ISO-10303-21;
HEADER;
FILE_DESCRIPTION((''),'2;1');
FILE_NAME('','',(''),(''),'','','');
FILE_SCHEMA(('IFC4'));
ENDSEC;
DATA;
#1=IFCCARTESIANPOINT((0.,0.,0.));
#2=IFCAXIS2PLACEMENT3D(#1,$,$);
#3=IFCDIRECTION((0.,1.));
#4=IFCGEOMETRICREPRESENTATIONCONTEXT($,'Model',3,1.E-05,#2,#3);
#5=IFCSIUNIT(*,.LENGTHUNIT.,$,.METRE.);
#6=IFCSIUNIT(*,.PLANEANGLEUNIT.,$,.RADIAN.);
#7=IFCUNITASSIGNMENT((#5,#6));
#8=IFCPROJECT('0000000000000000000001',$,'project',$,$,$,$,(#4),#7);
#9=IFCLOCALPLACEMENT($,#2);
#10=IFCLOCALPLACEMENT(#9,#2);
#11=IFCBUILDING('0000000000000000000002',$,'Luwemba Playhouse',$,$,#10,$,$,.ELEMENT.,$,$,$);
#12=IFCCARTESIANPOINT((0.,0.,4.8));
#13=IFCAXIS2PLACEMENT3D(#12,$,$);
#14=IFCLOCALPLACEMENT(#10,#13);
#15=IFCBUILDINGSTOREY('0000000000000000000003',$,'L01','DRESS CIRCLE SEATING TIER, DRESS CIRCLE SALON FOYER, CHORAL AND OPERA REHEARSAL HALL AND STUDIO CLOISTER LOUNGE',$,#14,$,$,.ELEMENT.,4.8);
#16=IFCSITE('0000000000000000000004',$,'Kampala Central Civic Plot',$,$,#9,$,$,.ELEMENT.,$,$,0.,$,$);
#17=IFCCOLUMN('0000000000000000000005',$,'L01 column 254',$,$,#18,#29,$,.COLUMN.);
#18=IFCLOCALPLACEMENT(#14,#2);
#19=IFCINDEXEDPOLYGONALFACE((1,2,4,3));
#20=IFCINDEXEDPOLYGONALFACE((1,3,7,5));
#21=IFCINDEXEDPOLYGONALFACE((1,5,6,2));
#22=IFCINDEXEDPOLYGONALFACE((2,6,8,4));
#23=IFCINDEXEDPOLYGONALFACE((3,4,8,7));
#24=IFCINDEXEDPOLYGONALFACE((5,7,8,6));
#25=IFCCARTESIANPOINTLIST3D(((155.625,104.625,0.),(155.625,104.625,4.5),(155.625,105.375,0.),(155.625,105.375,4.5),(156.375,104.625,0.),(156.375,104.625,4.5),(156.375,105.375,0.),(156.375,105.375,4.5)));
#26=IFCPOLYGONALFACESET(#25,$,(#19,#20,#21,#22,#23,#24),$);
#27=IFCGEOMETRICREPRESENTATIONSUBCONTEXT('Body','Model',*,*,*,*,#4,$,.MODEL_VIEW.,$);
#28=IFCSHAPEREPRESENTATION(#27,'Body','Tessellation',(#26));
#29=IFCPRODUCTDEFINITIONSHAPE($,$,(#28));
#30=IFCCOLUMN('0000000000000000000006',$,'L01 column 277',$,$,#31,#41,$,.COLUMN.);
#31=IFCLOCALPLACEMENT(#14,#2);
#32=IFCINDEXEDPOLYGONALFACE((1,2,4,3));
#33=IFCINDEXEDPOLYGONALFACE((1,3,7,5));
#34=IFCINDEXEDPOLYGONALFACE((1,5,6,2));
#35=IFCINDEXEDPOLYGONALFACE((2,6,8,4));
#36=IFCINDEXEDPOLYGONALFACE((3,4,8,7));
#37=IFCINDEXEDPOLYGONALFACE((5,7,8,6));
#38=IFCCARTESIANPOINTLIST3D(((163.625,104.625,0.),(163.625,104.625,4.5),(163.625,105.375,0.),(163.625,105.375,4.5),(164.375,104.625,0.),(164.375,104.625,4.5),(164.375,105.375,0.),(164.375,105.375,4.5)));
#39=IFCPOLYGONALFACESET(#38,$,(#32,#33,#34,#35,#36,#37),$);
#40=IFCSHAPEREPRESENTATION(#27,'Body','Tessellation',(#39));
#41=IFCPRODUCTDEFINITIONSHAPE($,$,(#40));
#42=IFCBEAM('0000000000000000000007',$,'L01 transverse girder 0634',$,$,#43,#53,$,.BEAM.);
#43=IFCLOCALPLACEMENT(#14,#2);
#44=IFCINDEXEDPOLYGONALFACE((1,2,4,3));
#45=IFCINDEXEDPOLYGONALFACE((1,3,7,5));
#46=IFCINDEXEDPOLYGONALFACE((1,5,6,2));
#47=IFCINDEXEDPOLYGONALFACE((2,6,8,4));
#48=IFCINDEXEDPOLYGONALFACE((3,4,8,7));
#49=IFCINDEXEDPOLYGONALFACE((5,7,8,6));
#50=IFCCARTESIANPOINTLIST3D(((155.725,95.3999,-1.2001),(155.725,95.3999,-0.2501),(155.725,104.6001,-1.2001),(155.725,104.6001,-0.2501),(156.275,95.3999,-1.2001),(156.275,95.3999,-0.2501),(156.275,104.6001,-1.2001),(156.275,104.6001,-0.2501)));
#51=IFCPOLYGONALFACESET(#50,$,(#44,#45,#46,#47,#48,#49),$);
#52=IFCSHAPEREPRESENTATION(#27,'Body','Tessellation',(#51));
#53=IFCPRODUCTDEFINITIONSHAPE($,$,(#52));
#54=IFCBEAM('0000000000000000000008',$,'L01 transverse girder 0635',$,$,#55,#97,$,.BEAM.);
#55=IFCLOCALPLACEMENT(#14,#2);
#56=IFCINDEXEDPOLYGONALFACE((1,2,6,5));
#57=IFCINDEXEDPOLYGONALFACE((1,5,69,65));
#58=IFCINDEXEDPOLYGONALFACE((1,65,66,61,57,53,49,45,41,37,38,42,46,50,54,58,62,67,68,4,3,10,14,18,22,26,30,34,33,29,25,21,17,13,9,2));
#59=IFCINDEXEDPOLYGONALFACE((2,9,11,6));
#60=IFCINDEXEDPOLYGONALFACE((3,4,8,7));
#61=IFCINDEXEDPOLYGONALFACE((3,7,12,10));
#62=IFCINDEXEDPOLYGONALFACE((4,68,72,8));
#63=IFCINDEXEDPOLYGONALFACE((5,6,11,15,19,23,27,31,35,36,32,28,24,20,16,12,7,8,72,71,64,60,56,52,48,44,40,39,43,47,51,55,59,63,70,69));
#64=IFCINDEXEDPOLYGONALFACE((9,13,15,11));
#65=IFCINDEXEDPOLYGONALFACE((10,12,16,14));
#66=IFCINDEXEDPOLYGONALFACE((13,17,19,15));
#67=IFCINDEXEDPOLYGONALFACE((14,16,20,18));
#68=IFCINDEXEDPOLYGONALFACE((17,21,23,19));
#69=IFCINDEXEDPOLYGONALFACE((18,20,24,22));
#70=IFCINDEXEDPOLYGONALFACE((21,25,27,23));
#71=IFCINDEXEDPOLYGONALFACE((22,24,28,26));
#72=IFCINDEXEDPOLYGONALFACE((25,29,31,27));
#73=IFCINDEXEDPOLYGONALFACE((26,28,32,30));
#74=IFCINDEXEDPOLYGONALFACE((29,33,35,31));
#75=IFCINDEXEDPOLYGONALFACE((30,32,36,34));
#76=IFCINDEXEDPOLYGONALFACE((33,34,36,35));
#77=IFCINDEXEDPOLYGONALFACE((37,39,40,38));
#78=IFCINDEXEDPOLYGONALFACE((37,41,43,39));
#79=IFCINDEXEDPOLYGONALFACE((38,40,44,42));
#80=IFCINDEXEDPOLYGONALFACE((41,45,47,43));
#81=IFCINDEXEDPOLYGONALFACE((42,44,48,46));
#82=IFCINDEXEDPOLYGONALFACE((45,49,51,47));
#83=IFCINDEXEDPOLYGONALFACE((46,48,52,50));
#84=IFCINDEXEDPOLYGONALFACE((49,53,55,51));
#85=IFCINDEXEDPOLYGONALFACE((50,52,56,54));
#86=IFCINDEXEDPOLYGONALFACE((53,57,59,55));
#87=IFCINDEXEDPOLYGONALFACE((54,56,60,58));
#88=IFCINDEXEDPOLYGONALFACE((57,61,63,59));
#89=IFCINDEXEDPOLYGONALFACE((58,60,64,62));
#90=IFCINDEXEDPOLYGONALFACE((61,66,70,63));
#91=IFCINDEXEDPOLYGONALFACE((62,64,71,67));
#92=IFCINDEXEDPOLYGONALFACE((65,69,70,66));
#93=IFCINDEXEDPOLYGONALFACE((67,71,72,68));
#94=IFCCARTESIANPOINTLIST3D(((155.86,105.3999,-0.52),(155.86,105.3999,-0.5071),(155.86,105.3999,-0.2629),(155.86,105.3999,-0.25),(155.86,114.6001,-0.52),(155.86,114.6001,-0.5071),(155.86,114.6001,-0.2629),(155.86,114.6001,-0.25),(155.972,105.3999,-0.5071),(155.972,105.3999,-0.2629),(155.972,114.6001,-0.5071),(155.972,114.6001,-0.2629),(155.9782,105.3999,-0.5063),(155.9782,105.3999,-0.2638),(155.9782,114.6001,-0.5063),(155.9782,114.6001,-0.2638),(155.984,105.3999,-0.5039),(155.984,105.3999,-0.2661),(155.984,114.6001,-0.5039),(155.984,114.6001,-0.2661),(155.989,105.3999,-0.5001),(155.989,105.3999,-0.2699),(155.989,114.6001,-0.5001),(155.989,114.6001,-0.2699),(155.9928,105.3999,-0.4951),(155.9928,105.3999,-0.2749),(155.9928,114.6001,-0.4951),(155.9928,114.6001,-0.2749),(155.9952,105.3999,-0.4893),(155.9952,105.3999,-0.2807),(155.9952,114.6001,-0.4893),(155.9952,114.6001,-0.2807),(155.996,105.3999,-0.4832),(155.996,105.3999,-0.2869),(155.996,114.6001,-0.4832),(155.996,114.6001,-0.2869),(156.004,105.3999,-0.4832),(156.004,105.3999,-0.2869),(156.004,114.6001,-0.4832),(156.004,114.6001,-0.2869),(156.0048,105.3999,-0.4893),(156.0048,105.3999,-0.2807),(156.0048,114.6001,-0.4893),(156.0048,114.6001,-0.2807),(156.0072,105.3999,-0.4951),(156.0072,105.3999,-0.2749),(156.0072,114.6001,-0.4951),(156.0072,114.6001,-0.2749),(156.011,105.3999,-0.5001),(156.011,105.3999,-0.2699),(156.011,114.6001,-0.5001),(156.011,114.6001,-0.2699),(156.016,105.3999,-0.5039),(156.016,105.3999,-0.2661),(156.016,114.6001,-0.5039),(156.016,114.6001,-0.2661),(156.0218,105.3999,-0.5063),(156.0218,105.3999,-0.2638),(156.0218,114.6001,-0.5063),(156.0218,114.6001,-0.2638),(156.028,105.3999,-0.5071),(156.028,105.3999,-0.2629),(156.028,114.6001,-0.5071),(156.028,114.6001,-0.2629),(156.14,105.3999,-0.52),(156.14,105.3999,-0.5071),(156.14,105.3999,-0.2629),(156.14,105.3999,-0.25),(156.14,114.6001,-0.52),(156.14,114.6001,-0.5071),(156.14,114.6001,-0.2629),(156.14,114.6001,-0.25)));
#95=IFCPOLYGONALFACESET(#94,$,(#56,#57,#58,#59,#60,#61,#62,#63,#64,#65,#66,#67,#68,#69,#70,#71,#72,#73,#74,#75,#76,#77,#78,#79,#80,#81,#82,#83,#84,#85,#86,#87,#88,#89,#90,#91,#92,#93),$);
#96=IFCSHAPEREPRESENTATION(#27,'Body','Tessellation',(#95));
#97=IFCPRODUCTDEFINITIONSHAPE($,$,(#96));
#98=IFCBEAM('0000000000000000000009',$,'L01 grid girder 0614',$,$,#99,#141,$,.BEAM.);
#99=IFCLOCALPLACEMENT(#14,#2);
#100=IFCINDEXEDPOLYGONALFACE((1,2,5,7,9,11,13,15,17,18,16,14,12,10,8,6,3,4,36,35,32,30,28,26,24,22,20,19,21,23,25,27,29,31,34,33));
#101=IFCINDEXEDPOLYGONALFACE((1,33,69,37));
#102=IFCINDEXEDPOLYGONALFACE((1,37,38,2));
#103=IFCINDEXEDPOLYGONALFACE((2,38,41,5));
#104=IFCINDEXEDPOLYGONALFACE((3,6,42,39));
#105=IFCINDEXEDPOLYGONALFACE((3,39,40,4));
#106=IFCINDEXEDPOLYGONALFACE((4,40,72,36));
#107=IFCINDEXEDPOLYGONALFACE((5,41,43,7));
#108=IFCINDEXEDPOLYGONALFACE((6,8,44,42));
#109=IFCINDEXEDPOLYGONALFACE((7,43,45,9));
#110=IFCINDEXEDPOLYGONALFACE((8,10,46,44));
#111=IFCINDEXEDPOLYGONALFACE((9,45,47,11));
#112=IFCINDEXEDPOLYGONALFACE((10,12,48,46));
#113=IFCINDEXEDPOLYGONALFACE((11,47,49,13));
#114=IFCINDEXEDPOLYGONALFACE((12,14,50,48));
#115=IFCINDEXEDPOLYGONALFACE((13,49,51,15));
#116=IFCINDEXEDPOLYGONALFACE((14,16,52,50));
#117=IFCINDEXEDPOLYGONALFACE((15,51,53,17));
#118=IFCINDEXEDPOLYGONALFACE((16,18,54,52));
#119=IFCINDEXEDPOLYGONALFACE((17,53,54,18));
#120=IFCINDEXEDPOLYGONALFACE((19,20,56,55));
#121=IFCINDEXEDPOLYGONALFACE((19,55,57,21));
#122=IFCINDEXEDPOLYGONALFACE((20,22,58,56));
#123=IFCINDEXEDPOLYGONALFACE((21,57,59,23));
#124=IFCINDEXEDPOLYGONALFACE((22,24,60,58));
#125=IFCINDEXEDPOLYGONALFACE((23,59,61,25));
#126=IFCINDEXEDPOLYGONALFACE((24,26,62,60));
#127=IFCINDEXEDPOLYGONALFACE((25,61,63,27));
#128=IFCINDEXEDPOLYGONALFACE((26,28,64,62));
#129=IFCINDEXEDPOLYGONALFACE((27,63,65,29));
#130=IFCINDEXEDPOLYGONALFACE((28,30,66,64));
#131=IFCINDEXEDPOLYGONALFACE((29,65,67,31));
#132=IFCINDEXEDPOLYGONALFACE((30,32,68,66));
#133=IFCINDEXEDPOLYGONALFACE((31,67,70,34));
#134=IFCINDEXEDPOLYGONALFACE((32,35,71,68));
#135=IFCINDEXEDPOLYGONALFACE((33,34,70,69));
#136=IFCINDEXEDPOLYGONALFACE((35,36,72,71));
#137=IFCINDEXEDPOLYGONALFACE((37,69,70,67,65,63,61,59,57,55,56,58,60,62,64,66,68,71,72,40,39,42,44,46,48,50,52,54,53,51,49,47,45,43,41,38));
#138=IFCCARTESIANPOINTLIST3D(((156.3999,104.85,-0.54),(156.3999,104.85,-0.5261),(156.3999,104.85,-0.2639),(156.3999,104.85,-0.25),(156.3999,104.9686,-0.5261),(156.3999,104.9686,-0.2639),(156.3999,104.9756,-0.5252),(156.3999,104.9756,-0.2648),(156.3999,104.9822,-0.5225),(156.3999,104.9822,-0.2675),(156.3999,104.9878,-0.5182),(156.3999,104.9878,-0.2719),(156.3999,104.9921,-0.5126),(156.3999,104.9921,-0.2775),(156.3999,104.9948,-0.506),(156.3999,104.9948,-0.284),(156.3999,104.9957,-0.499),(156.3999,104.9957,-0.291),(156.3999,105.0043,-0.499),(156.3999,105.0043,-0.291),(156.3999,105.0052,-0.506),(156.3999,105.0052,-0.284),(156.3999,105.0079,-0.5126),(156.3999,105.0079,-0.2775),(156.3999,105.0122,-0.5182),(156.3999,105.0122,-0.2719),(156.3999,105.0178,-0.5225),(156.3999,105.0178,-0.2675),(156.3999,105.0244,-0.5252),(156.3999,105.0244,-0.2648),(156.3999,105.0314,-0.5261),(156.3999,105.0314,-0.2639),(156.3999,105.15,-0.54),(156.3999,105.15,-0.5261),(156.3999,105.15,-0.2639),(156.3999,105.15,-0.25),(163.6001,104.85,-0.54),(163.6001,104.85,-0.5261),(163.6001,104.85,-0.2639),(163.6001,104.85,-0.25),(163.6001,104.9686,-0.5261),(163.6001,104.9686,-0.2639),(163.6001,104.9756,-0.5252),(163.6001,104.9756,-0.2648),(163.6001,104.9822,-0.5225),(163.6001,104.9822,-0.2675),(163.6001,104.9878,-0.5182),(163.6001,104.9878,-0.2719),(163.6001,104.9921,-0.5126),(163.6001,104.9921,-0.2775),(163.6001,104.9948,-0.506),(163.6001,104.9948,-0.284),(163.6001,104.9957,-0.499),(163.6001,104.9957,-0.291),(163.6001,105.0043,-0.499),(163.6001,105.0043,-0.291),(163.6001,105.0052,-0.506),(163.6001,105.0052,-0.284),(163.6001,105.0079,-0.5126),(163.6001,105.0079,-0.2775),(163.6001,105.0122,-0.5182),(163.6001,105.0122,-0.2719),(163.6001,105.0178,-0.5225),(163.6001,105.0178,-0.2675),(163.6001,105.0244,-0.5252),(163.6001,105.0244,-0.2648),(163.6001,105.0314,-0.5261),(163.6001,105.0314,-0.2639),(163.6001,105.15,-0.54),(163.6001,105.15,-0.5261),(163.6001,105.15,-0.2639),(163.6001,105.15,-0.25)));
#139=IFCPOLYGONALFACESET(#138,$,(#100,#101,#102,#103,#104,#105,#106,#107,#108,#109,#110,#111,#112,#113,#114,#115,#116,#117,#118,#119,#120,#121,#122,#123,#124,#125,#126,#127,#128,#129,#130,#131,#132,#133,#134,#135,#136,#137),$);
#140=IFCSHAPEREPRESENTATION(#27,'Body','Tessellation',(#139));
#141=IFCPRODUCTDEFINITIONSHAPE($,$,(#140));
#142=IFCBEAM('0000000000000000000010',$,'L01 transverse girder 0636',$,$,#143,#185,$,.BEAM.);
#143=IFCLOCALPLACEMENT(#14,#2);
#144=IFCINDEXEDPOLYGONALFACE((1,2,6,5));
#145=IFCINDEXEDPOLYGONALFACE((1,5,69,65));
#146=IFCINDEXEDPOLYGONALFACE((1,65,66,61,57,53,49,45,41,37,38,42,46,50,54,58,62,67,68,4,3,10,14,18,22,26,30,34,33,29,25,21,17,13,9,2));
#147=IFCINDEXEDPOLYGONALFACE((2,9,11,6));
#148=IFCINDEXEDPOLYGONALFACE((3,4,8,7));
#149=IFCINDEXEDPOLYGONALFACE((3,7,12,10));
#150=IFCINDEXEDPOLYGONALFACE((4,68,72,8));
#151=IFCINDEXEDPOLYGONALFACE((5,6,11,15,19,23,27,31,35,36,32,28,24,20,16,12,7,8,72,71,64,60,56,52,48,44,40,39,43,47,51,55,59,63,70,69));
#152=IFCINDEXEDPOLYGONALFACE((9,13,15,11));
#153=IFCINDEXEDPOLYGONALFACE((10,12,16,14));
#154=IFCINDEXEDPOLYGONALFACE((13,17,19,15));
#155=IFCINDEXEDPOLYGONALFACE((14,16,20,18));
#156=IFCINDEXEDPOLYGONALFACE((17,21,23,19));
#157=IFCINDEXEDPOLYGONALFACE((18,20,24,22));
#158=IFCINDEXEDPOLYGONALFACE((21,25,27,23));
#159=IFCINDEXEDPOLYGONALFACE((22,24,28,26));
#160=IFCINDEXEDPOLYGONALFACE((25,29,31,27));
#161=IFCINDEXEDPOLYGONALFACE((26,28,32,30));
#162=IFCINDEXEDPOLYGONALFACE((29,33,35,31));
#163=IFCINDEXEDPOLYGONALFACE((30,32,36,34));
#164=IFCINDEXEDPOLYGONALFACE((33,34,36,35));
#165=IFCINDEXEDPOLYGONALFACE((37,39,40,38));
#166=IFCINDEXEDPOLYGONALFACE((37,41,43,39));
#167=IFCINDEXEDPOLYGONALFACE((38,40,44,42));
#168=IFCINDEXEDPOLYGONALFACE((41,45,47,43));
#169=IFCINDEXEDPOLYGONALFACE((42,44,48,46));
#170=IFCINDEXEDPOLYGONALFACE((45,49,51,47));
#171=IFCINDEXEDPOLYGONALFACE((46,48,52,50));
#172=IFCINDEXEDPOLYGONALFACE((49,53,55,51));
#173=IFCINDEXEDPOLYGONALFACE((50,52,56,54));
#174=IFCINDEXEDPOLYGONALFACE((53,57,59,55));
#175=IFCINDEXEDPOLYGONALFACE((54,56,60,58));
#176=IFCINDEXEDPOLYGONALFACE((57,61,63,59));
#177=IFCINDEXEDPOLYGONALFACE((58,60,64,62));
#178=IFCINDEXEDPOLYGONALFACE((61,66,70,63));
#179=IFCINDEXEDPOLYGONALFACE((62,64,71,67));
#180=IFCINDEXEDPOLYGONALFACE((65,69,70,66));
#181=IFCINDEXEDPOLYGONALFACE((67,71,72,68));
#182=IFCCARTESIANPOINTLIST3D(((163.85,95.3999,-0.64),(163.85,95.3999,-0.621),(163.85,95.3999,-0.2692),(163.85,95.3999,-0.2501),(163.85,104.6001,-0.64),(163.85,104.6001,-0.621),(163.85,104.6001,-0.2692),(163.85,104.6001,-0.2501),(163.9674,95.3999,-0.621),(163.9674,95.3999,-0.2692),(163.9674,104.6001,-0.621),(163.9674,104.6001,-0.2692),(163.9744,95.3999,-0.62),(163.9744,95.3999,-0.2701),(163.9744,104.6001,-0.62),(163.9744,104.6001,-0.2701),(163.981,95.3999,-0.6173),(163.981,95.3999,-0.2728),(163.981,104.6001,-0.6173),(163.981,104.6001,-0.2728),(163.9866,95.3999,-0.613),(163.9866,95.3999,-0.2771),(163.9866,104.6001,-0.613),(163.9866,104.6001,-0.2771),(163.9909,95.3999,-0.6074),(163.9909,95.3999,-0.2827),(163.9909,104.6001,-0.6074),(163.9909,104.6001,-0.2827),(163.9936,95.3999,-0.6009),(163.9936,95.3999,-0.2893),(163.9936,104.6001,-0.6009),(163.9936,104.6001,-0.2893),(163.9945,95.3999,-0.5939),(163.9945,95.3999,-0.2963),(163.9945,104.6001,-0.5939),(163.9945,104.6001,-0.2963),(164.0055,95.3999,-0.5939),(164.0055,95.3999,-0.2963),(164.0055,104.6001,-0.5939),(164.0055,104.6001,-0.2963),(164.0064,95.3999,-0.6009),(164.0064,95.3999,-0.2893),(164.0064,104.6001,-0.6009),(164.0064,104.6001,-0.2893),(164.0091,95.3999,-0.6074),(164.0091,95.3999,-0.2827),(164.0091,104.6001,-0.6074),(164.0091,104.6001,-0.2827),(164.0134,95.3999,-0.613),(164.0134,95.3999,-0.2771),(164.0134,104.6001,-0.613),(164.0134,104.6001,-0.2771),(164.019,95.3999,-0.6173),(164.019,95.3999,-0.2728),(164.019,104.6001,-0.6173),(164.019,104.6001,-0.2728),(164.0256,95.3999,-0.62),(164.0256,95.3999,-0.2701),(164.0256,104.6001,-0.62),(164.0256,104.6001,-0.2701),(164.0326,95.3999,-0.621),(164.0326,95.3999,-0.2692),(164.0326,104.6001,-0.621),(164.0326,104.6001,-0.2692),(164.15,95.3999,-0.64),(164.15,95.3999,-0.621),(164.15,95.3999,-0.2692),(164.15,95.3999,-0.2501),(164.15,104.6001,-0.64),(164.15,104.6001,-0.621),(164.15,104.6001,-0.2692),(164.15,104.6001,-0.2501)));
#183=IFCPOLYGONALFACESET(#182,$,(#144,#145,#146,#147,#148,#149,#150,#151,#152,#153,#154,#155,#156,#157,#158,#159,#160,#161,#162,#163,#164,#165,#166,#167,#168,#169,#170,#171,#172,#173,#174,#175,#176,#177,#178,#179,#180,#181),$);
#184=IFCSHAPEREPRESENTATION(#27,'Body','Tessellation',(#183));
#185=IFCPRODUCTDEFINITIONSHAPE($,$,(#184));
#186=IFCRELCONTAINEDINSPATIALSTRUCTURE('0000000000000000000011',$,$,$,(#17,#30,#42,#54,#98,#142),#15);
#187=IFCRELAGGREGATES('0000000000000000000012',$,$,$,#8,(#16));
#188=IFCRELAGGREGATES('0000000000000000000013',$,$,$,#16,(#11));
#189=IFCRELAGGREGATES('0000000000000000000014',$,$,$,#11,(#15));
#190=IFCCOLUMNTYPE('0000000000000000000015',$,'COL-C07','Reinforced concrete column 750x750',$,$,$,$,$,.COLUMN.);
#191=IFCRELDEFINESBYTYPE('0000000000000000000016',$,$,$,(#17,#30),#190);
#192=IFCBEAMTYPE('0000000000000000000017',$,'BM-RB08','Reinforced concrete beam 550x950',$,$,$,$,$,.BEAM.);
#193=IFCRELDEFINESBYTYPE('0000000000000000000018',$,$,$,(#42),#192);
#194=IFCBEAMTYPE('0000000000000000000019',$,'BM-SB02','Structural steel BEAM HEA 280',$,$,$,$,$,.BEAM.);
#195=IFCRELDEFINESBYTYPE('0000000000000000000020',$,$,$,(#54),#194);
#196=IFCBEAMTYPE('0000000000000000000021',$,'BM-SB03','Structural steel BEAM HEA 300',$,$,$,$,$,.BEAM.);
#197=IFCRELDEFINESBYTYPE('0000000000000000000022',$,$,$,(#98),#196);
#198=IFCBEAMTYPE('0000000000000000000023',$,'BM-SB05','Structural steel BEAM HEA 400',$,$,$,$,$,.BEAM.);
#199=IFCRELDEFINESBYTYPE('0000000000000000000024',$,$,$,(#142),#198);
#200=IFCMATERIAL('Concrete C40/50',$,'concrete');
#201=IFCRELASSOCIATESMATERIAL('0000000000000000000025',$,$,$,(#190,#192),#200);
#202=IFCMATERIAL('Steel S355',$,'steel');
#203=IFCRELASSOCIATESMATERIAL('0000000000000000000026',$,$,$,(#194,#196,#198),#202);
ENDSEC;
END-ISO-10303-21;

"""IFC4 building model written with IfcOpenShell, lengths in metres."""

from ifc_helpers import new_model, si_unit, direction, frame, origin, origin_2d, place, context, subcontext, project, spatial, rectangle, i_section, extrude, material, material_profile, profile_set, type_object, element, save


model = new_model("IFC4")

# Units and contexts
model_context = context("Model", 3, precision=1e-05, world=origin(), true_north=direction((0.0, 1.0)))
body_context = subcontext(model_context, "Body", "Model", "MODEL_VIEW")
ifc_project = project(units=[si_unit("LENGTHUNIT", "METRE"), si_unit("PLANEANGLEUNIT", "RADIAN")], contexts=[model_context])

# Site, building, storey
site_placement = place(None, origin())
site = spatial("IfcSite", under=ifc_project, at=site_placement, Name="Kampala Central Civic Plot", CompositionType="ELEMENT", RefElevation=0.0)
building_placement = place(site_placement, origin())
building = spatial("IfcBuilding", under=site, at=building_placement, Name="Luwemba Playhouse", CompositionType="ELEMENT")
storey_placement = place(building_placement, frame((0.0, 0.0, 4.8)))
storey = spatial("IfcBuildingStorey", under=building, at=storey_placement, Name="L01", Description="DRESS CIRCLE SEATING TIER, DRESS CIRCLE SALON FOYER, CHORAL AND OPERA REHEARSAL HALL AND STUDIO CLOISTER LOUNGE", CompositionType="ELEMENT", Elevation=4.8)

# Columns
ifc_material_1 = material(Name="Concrete C40/50", Category="concrete")
ifc_material_profile_1 = material_profile(ifc_material_1, rectangle(XDim=0.75, YDim=0.75, at=origin_2d()))
ifc_profile_set_1 = profile_set([ifc_material_profile_1], Name="Concrete C40/50")
column_type = type_object("IfcColumnType", Name="COL-C07", Description="Reinforced concrete column 750x750", PredefinedType="COLUMN", material=ifc_profile_set_1)
for number, where, z_axis, x_axis, name in (
    (1, (156.0, 105.0, 0.0), (0.0, 0.0, 1.0), (1.0, 0.0, 0.0), "L01 column 254"),
    (2, (164.0, 105.0, 0.0), (0.0, 0.0, 1.0), (1.0, 0.0, 0.0), "L01 column 277"),
):
    element("IfcColumn", number, at=place(storey_placement, frame(where, z_axis=z_axis, x_axis=x_axis)), inside=storey, type_object=column_type, Name=name, PredefinedType="COLUMN", context=body_context, shape_type="SweptSolid", body=[
        extrude(rectangle(XDim=0.75, YDim=0.75, at=origin_2d()), origin(), (0.0, 0.0, 1.0), 4.5),
    ])

# Beams
ifc_material_profile_2 = material_profile(ifc_material_1, rectangle(XDim=0.55, YDim=0.95, at=origin_2d()))
ifc_profile_set_2 = profile_set([ifc_material_profile_2], Name="Concrete C40/50")
beam_type_1 = type_object("IfcBeamType", Name="BM-RB08", Description="Reinforced concrete beam 550x950", PredefinedType="BEAM", material=ifc_profile_set_2)
beam_1_placement = place(storey_placement, frame((156.0, 95.3999, -0.7251), z_axis=(0.0, 1.0, 0.0), x_axis=(-1.0, 0.0, 0.0)))
element("IfcBeam", 3, at=beam_1_placement, inside=storey, type_object=beam_type_1, Name="L01 transverse girder 0634", PredefinedType="BEAM", context=body_context, shape_type="SweptSolid", body=[
    extrude(rectangle(XDim=0.55, YDim=0.95, at=origin_2d()), origin(), (0.0, 0.0, 1.0), 9.2002),
])
ifc_material_2 = material(Name="Steel S355", Category="steel")
ifc_material_profile_3 = material_profile(ifc_material_2, i_section(OverallWidth=0.28, OverallDepth=0.27, WebThickness=0.0081, FlangeThickness=0.0129, FilletRadius=0.0239, at=origin_2d()))
ifc_profile_set_3 = profile_set([ifc_material_profile_3], Name="Steel S355")
beam_type_2 = type_object("IfcBeamType", Name="BM-SB02", Description="Structural steel BEAM HEA 280", PredefinedType="BEAM", material=ifc_profile_set_3)
beam_2_placement = place(storey_placement, frame((156.0, 105.3999, -0.385), z_axis=(0.0, 1.0, 0.0), x_axis=(-1.0, 0.0, 0.0)))
element("IfcBeam", 4, at=beam_2_placement, inside=storey, type_object=beam_type_2, Name="L01 transverse girder 0635", PredefinedType="BEAM", context=body_context, shape_type="SweptSolid", body=[
    extrude(i_section(OverallWidth=0.28, OverallDepth=0.27, WebThickness=0.0081, FlangeThickness=0.0129, FilletRadius=0.0239, at=origin_2d()), origin(), (0.0, 0.0, 1.0), 9.2002),
])
ifc_material_profile_4 = material_profile(ifc_material_2, i_section(OverallWidth=0.3, OverallDepth=0.29, WebThickness=0.0085, FlangeThickness=0.0139, FilletRadius=0.0271, at=origin_2d()))
ifc_profile_set_4 = profile_set([ifc_material_profile_4], Name="Steel S355")
beam_type_3 = type_object("IfcBeamType", Name="BM-SB03", Description="Structural steel BEAM HEA 300", PredefinedType="BEAM", material=ifc_profile_set_4)
beam_3_placement = place(storey_placement, frame((156.3999, 105.0, -0.395), z_axis=(1.0, 0.0, 0.0), x_axis=(0.0, 1.0, 0.0)))
element("IfcBeam", 5, at=beam_3_placement, inside=storey, type_object=beam_type_3, Name="L01 grid girder 0614", PredefinedType="BEAM", context=body_context, shape_type="SweptSolid", body=[
    extrude(i_section(OverallWidth=0.3, OverallDepth=0.29, WebThickness=0.0085, FlangeThickness=0.0139, FilletRadius=0.0271, at=origin_2d()), origin(), (0.0, 0.0, 1.0), 7.2002),
])
ifc_material_profile_5 = material_profile(ifc_material_2, i_section(OverallWidth=0.3, OverallDepth=0.3899, WebThickness=0.011, FlangeThickness=0.019, FilletRadius=0.0271, at=origin_2d()))
ifc_profile_set_5 = profile_set([ifc_material_profile_5], Name="Steel S355")
beam_type_4 = type_object("IfcBeamType", Name="BM-SB05", Description="Structural steel BEAM HEA 400", PredefinedType="BEAM", material=ifc_profile_set_5)
beam_4_placement = place(storey_placement, frame((164.0, 95.3999, -0.4451), z_axis=(0.0, 1.0, 0.0), x_axis=(-1.0, 0.0, 0.0)))
element("IfcBeam", 6, at=beam_4_placement, inside=storey, type_object=beam_type_4, Name="L01 transverse girder 0636", PredefinedType="BEAM", context=body_context, shape_type="SweptSolid", body=[
    extrude(i_section(OverallWidth=0.3, OverallDepth=0.3899, WebThickness=0.011, FlangeThickness=0.019, FilletRadius=0.0271, at=origin_2d()), origin(), (0.0, 0.0, 1.0), 9.2002),
])

save(model, "model.ifc")
